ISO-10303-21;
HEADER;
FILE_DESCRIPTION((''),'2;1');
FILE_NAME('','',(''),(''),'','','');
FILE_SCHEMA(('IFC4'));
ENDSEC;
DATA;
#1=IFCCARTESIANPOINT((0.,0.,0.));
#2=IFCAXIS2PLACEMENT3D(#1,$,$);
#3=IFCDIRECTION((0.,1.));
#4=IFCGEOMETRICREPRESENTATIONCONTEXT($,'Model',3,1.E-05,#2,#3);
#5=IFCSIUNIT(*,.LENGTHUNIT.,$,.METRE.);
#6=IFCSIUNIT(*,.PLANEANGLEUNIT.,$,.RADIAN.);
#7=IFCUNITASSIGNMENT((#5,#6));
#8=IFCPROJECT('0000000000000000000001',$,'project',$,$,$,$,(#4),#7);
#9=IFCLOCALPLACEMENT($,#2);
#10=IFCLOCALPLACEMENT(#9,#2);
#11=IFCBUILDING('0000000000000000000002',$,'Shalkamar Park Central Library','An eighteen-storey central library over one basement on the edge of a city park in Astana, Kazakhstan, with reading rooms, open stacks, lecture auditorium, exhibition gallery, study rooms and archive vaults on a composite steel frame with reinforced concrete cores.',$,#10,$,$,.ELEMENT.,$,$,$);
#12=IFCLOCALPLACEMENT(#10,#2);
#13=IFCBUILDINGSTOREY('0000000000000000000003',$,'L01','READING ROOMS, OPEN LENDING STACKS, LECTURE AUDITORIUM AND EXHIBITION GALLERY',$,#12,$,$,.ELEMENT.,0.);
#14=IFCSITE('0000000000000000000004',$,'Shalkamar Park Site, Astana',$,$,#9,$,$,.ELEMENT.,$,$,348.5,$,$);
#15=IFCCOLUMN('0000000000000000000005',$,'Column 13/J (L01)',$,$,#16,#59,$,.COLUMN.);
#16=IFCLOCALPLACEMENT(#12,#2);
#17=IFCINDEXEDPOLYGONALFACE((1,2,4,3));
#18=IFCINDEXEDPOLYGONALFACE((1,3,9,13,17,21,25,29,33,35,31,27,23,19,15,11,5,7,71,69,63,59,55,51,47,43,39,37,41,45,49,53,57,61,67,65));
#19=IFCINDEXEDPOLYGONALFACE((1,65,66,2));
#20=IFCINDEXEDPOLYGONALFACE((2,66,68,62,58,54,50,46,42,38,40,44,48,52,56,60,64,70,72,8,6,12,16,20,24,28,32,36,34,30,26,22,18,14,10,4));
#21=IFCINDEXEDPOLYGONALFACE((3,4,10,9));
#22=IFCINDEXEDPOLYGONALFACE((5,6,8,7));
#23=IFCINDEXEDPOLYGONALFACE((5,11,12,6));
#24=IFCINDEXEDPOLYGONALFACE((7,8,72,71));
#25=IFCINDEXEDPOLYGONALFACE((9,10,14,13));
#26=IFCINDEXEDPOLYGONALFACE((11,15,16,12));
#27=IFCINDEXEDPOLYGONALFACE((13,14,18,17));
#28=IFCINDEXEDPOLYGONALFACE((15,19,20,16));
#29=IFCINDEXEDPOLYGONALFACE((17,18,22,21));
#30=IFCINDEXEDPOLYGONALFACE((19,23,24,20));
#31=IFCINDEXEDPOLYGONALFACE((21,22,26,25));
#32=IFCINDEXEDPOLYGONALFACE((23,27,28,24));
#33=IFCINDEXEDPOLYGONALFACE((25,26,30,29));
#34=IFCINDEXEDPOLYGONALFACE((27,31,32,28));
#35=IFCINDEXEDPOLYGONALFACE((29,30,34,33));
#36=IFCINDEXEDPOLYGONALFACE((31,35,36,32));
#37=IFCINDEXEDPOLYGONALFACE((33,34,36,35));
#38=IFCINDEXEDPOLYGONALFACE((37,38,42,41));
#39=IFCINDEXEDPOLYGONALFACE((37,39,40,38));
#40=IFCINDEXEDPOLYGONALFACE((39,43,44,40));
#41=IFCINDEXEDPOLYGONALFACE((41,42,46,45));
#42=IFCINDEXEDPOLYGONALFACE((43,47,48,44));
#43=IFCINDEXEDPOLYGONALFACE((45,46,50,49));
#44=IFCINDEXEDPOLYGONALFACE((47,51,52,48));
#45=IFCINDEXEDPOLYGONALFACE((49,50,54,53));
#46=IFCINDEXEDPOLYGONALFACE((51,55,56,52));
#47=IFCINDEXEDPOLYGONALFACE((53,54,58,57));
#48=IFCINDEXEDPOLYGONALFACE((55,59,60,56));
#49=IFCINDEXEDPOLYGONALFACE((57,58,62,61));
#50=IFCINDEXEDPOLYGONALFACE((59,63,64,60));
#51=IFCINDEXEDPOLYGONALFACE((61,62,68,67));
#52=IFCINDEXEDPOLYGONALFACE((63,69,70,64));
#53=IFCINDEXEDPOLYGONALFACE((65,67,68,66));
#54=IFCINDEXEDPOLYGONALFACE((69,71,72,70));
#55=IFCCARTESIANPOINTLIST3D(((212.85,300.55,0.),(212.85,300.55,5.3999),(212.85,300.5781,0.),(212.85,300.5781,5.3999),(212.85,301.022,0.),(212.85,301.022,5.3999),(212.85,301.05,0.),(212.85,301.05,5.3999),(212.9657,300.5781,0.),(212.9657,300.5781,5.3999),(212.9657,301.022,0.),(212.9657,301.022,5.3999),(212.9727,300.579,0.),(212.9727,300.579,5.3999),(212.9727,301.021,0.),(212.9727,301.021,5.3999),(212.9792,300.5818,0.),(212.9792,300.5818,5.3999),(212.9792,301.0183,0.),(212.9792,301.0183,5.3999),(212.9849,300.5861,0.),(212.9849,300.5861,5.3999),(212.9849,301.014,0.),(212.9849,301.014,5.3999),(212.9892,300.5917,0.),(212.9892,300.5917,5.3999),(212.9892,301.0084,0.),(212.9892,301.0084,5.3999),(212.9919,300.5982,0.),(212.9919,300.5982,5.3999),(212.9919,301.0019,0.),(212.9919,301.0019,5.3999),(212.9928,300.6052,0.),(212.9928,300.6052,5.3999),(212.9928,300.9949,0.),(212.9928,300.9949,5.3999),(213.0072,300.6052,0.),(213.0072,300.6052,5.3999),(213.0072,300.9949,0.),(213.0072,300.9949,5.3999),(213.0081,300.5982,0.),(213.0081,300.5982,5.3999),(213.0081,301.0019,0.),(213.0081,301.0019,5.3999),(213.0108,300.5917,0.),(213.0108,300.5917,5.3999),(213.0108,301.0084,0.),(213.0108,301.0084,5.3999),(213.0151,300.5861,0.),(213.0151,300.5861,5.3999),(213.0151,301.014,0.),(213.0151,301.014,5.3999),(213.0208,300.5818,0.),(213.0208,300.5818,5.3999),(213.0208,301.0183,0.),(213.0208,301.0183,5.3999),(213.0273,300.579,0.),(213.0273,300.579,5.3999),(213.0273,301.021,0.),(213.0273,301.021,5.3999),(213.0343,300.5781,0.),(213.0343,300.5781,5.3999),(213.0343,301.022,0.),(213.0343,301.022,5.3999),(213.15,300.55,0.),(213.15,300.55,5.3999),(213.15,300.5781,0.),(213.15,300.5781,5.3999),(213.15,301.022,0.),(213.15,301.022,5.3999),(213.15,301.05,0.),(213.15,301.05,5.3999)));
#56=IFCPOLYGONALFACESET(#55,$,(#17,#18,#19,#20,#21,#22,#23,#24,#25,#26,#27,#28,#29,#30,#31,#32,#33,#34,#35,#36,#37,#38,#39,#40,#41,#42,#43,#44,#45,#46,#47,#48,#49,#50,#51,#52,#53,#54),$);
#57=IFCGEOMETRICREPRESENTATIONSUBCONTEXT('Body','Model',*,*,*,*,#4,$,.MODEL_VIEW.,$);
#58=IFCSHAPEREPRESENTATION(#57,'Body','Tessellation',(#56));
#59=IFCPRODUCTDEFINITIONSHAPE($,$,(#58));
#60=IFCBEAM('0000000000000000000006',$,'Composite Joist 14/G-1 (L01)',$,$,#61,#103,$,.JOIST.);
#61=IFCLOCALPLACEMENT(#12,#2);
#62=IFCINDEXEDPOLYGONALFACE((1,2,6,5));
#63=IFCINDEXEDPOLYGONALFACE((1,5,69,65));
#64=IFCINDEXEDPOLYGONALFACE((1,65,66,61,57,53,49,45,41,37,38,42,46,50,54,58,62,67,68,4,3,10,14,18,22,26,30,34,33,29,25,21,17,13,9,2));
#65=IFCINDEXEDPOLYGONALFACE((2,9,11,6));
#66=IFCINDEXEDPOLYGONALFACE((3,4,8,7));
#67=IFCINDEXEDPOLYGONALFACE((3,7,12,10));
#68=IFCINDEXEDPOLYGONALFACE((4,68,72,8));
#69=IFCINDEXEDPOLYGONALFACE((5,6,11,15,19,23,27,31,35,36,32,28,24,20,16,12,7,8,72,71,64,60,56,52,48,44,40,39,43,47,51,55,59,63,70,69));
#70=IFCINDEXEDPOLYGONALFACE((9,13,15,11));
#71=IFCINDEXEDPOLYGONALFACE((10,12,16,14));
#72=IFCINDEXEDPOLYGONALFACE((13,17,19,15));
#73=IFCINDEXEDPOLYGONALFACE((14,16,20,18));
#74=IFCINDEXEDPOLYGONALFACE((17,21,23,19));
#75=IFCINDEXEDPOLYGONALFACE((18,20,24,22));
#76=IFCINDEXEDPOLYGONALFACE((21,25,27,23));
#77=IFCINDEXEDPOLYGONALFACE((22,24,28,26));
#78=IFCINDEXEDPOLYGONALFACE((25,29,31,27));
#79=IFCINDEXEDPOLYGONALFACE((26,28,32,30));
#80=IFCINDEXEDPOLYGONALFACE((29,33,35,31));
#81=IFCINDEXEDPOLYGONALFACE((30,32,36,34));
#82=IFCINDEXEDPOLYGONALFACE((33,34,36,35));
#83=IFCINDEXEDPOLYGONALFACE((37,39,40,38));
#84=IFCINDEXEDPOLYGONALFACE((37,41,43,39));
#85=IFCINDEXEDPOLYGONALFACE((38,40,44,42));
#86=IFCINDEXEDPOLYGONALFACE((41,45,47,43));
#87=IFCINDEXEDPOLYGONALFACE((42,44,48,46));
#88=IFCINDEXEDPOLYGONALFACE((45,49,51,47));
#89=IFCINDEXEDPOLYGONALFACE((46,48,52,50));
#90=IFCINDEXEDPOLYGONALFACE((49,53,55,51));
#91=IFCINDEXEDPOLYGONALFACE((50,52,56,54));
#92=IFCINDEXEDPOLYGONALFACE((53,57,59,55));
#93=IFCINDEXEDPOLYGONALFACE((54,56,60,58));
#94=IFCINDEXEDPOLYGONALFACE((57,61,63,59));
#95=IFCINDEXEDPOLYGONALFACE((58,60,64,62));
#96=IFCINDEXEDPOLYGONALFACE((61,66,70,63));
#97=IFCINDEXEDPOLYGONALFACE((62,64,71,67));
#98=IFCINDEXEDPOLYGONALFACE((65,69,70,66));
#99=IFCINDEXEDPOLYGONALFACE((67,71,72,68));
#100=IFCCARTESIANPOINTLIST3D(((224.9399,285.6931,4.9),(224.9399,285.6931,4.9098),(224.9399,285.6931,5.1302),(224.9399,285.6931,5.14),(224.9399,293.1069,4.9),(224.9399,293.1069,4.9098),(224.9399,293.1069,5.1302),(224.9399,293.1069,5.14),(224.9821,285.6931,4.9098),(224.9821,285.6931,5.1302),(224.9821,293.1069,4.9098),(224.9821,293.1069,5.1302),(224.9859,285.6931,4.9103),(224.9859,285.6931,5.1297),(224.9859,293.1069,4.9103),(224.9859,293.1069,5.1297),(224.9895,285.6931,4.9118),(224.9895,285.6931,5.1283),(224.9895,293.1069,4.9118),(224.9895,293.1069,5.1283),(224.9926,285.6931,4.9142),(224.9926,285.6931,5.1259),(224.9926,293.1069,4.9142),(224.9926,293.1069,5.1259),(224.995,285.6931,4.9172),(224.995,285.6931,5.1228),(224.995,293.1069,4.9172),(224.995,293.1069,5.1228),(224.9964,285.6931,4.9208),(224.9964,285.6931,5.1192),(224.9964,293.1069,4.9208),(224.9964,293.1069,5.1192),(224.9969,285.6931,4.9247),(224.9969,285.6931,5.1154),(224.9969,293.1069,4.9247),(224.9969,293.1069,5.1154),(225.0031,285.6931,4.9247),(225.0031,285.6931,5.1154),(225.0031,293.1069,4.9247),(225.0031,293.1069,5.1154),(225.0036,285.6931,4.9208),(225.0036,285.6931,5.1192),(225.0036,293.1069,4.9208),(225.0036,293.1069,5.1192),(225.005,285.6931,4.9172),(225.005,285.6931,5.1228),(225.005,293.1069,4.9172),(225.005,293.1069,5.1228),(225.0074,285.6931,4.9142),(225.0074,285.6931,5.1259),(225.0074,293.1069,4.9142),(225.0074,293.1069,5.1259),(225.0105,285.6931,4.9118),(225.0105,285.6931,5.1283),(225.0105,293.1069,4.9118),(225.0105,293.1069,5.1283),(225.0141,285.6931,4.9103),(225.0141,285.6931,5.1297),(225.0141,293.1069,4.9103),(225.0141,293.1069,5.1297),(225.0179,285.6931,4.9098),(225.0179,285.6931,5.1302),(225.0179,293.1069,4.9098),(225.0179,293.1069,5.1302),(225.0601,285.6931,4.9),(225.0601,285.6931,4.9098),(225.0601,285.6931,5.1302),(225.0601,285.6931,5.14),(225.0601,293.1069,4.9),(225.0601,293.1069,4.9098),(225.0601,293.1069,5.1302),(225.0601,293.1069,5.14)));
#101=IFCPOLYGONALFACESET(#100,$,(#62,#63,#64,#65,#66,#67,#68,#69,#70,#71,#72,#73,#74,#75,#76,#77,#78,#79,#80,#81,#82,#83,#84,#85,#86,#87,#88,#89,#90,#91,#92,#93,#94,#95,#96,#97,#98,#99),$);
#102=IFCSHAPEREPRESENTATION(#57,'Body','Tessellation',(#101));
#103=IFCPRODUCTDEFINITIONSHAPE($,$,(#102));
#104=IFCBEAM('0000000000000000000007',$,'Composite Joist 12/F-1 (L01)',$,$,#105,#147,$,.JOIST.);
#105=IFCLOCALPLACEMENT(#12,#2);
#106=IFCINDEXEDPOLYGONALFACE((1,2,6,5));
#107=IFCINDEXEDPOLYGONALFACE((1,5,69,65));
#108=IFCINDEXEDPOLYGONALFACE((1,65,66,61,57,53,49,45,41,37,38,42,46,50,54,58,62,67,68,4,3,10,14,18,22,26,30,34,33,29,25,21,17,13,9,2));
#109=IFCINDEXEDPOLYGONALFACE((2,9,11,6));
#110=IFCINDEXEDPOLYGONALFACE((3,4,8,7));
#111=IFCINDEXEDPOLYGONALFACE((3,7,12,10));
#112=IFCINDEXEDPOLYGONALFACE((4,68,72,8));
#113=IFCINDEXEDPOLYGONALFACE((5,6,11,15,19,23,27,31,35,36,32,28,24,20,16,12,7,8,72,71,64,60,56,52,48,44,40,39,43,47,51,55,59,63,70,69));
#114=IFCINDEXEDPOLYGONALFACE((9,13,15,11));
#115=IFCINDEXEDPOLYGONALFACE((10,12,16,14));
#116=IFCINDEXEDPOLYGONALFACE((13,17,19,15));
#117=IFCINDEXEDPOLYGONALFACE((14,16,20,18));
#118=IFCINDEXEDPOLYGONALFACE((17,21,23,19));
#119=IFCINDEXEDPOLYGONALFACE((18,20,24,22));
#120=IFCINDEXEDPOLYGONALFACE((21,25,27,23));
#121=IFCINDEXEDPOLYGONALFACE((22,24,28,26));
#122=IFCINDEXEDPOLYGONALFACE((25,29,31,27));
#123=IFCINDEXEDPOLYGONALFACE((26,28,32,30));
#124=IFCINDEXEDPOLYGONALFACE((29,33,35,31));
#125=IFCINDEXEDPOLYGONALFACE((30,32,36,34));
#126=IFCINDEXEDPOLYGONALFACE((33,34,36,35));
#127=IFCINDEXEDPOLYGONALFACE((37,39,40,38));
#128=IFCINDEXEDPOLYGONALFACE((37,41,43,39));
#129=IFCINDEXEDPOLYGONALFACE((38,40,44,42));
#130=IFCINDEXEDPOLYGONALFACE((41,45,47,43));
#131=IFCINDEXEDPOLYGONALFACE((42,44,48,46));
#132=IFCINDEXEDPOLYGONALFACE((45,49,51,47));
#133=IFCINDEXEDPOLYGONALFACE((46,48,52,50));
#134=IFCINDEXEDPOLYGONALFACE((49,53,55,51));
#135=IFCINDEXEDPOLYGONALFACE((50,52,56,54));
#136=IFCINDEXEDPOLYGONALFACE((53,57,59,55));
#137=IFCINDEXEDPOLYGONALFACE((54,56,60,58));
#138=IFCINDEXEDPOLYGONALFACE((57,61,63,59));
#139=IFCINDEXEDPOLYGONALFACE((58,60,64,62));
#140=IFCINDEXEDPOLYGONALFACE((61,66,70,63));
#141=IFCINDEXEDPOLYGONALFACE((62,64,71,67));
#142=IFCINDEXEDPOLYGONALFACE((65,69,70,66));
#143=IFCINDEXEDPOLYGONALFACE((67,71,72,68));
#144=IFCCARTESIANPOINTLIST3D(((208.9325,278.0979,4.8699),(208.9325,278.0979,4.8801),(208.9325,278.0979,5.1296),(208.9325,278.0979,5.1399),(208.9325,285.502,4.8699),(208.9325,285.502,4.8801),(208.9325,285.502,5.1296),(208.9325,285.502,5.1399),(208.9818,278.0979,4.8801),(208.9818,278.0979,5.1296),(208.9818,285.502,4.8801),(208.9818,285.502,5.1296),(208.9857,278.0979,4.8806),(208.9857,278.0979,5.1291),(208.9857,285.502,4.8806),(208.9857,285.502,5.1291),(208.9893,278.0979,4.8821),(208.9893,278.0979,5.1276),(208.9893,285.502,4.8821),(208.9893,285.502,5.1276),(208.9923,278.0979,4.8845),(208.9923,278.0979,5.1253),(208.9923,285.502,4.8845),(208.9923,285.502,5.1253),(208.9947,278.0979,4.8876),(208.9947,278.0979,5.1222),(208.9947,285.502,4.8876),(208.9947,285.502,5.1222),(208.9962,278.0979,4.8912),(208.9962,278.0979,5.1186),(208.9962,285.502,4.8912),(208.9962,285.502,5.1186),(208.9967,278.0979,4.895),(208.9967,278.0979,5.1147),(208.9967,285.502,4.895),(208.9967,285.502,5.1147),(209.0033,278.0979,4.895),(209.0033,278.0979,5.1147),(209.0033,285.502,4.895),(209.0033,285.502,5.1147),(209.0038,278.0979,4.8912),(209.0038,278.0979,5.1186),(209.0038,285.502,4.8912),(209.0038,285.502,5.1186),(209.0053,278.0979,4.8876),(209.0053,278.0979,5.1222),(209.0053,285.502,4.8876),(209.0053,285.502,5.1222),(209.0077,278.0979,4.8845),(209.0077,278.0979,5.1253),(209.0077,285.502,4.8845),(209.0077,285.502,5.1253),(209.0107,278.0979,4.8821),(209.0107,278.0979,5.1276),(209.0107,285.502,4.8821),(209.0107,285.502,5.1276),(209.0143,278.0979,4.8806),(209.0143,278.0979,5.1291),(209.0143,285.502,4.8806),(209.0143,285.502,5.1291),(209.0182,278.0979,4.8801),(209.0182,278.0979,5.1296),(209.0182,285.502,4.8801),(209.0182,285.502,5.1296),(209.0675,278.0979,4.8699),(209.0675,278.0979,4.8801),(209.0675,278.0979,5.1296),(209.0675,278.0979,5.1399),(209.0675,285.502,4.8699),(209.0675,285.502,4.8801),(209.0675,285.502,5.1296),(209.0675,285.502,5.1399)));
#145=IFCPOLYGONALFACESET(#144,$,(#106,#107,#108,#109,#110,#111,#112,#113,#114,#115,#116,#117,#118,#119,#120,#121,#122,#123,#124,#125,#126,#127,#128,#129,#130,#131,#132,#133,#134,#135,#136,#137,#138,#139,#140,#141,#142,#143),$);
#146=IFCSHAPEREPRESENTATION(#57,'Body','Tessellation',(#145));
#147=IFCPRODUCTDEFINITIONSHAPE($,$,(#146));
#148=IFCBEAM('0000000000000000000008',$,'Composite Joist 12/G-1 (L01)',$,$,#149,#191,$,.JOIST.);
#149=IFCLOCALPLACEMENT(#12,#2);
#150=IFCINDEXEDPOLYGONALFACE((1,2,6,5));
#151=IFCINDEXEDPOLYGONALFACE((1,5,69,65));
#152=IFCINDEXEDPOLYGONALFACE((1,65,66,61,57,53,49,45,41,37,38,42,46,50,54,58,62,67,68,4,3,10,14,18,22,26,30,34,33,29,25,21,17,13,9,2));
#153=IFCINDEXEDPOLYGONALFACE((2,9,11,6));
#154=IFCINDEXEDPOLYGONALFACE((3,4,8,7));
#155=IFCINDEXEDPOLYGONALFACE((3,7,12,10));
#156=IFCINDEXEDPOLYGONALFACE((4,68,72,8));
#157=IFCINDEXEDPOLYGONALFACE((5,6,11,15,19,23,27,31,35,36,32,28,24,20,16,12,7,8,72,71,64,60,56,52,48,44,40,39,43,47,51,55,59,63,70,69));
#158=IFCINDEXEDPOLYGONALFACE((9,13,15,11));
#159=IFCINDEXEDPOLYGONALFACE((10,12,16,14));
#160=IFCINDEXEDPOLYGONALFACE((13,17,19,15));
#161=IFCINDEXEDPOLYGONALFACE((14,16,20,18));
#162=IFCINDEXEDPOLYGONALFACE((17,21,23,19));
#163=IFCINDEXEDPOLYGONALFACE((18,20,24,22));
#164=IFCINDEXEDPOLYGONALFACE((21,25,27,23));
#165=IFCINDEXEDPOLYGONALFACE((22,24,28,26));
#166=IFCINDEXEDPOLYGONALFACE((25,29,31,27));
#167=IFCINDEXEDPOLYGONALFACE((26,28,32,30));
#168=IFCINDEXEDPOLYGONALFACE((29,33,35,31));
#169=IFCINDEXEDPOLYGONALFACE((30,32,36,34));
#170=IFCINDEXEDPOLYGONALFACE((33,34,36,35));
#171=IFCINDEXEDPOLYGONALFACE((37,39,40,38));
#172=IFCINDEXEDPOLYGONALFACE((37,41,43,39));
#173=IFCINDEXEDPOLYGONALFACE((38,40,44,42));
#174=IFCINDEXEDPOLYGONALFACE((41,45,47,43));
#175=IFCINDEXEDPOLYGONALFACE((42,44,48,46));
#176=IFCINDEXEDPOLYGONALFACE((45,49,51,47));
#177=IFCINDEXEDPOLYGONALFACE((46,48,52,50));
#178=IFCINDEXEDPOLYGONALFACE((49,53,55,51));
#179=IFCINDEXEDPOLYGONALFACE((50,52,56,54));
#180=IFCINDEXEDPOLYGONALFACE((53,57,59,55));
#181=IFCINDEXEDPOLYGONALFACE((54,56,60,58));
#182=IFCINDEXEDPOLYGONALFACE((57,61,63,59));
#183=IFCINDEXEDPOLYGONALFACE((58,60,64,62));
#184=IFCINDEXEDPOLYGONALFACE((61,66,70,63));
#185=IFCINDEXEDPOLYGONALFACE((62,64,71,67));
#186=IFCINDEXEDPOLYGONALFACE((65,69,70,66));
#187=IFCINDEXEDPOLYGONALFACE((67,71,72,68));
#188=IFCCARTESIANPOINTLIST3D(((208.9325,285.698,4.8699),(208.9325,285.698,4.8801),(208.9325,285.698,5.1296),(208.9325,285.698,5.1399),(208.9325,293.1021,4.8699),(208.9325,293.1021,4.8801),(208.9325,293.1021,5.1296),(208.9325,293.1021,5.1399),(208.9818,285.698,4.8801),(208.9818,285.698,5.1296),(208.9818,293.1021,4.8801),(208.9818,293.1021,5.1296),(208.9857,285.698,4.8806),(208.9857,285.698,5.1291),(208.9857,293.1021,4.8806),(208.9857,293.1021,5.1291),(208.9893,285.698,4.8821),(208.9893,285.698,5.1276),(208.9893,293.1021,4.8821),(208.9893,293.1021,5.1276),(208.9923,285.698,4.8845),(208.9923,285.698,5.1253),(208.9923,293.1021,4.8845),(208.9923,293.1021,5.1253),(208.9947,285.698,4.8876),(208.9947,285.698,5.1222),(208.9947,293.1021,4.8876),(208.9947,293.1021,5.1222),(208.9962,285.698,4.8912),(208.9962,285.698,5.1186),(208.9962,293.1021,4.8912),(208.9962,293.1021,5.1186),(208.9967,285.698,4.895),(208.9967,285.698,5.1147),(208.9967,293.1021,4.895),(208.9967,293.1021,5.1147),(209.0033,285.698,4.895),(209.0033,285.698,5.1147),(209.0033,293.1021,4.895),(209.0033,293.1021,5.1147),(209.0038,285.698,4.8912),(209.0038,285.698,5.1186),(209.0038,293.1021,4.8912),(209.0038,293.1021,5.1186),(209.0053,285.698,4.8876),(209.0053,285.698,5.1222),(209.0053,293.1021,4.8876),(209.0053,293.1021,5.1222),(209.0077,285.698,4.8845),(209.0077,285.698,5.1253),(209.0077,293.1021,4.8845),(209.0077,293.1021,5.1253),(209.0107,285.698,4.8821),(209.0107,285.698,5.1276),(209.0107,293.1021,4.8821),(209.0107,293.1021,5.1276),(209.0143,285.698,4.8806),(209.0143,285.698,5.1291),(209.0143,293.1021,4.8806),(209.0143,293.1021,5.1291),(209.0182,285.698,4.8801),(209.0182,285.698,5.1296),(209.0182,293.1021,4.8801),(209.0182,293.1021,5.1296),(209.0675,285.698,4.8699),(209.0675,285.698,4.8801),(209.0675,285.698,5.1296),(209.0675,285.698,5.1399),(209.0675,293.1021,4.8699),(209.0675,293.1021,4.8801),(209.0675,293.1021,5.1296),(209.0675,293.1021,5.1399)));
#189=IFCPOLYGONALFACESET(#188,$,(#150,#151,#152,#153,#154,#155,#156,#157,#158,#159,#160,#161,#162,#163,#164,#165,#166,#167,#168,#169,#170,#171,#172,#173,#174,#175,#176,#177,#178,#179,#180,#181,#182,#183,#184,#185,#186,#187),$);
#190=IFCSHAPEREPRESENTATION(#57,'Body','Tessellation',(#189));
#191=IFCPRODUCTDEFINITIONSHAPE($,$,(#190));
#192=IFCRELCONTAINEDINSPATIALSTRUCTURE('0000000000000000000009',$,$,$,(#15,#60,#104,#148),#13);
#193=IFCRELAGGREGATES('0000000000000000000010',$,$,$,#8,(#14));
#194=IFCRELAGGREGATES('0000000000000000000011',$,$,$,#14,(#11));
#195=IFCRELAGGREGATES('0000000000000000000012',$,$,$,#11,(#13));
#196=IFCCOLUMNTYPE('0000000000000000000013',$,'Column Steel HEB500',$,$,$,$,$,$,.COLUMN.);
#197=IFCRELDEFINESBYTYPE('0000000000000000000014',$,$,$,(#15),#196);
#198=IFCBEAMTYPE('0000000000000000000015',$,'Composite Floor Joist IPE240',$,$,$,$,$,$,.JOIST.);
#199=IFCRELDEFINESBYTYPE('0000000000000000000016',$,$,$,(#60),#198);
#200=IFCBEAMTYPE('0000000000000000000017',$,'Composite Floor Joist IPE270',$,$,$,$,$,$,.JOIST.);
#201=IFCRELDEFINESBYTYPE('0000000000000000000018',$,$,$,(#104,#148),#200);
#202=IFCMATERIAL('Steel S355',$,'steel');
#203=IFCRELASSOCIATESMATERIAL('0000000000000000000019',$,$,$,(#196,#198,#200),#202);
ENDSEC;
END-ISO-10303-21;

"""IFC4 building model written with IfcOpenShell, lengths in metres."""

from ifc_helpers import new_model, si_unit, direction, frame, origin, origin_2d, place, context, subcontext, project, spatial, i_section, extrude, material, material_profile, profile_set, type_object, element, save


model = new_model("IFC4")

# Units and contexts
model_context = context("Model", 3, precision=1e-05, world=origin(), true_north=direction((0.0, 1.0)))
body_context = subcontext(model_context, "Body", "Model", "MODEL_VIEW")
ifc_project = project(units=[si_unit("LENGTHUNIT", "METRE"), si_unit("PLANEANGLEUNIT", "RADIAN")], contexts=[model_context])

# Site, building, storey
site_placement = place(None, origin())
site = spatial("IfcSite", under=ifc_project, at=site_placement, Name="Shalkamar Park Site, Astana", CompositionType="ELEMENT", RefElevation=348.5)
building_placement = place(site_placement, origin())
building = spatial("IfcBuilding", under=site, at=building_placement, Name="Shalkamar Park Central Library", Description="An eighteen-storey central library over one basement on the edge of a city park in Astana, Kazakhstan, with reading rooms, open stacks, lecture auditorium, exhibition gallery, study rooms and archive vaults on a composite steel frame with reinforced concrete cores.", CompositionType="ELEMENT")
storey_placement = place(building_placement, origin())
storey = spatial("IfcBuildingStorey", under=building, at=storey_placement, Name="L01", Description="READING ROOMS, OPEN LENDING STACKS, LECTURE AUDITORIUM AND EXHIBITION GALLERY", CompositionType="ELEMENT", Elevation=0.0)

# Column
ifc_material = material(Name="Steel S355", Category="steel")
ifc_material_profile_1 = material_profile(ifc_material, i_section(OverallWidth=0.3, OverallDepth=0.5, WebThickness=0.0144, FlangeThickness=0.0281, FilletRadius=0.0271, at=origin_2d()), Name="HEB 500")
ifc_profile_set_1 = profile_set([ifc_material_profile_1], Name="Steel S355")
column_type_1 = type_object("IfcColumnType", Name="Column Steel HEB500", PredefinedType="COLUMN", material=ifc_profile_set_1)
column_placement = place(storey_placement, frame((213.0, 300.8, 0.0), z_axis=(0.0, 0.0, 1.0), x_axis=(1.0, 0.0, 0.0)))
element("IfcColumn", 1, at=column_placement, inside=storey, type_object=column_type_1, Name="Column 13/J (L01)", PredefinedType="COLUMN", context=body_context, shape_type="SweptSolid", body=[
    extrude(i_section(OverallWidth=0.3, OverallDepth=0.5, WebThickness=0.0144, FlangeThickness=0.0281, FilletRadius=0.0271, at=origin_2d()), origin(), (0.0, 0.0, 1.0), 5.3999),
])

# Beams
ifc_material_profile_2 = material_profile(ifc_material, i_section(OverallWidth=0.1201, OverallDepth=0.24, WebThickness=0.0061, FlangeThickness=0.0098, FilletRadius=0.0149, at=origin_2d()), Name="IPE 240")
ifc_profile_set_2 = profile_set([ifc_material_profile_2], Name="Steel S355")
beam_type_1 = type_object("IfcBeamType", Name="Composite Floor Joist IPE240", PredefinedType="JOIST", material=ifc_profile_set_2)
beam_1_placement = place(storey_placement, frame((225.0, 285.6931, 5.02), z_axis=(0.0, 1.0, 0.0), x_axis=(-1.0, 0.0, 0.0)))
element("IfcBeam", 2, at=beam_1_placement, inside=storey, type_object=beam_type_1, Name="Composite Joist 14/G-1 (L01)", PredefinedType="JOIST", context=body_context, shape_type="SweptSolid", body=[
    extrude(i_section(OverallWidth=0.1201, OverallDepth=0.24, WebThickness=0.0061, FlangeThickness=0.0098, FilletRadius=0.0149, at=origin_2d()), origin(), (0.0, 0.0, 1.0), 7.4138),
])
ifc_material_profile_3 = material_profile(ifc_material, i_section(OverallWidth=0.135, OverallDepth=0.27, WebThickness=0.0066, FlangeThickness=0.0103, FilletRadius=0.0149, at=origin_2d()), Name="IPE 270")
ifc_profile_set_3 = profile_set([ifc_material_profile_3], Name="Steel S355")
beam_type_2 = type_object("IfcBeamType", Name="Composite Floor Joist IPE270", PredefinedType="JOIST", material=ifc_profile_set_3)
for number, where, z_axis, x_axis, name in (
    (3, (209.0, 278.0979, 5.0049), (0.0, 1.0, 0.0), (-1.0, 0.0, 0.0), "Composite Joist 12/F-1 (L01)"),
    (4, (209.0, 285.698, 5.0049), (0.0, 1.0, 0.0), (-1.0, 0.0, 0.0), "Composite Joist 12/G-1 (L01)"),
):
    element("IfcBeam", number, at=place(storey_placement, frame(where, z_axis=z_axis, x_axis=x_axis)), inside=storey, type_object=beam_type_2, Name=name, PredefinedType="JOIST", context=body_context, shape_type="SweptSolid", body=[
        extrude(i_section(OverallWidth=0.135, OverallDepth=0.27, WebThickness=0.0066, FlangeThickness=0.0103, FilletRadius=0.0149, at=origin_2d()), origin(), (0.0, 0.0, 1.0), 7.4041),
    ])

save(model, "model.ifc")
